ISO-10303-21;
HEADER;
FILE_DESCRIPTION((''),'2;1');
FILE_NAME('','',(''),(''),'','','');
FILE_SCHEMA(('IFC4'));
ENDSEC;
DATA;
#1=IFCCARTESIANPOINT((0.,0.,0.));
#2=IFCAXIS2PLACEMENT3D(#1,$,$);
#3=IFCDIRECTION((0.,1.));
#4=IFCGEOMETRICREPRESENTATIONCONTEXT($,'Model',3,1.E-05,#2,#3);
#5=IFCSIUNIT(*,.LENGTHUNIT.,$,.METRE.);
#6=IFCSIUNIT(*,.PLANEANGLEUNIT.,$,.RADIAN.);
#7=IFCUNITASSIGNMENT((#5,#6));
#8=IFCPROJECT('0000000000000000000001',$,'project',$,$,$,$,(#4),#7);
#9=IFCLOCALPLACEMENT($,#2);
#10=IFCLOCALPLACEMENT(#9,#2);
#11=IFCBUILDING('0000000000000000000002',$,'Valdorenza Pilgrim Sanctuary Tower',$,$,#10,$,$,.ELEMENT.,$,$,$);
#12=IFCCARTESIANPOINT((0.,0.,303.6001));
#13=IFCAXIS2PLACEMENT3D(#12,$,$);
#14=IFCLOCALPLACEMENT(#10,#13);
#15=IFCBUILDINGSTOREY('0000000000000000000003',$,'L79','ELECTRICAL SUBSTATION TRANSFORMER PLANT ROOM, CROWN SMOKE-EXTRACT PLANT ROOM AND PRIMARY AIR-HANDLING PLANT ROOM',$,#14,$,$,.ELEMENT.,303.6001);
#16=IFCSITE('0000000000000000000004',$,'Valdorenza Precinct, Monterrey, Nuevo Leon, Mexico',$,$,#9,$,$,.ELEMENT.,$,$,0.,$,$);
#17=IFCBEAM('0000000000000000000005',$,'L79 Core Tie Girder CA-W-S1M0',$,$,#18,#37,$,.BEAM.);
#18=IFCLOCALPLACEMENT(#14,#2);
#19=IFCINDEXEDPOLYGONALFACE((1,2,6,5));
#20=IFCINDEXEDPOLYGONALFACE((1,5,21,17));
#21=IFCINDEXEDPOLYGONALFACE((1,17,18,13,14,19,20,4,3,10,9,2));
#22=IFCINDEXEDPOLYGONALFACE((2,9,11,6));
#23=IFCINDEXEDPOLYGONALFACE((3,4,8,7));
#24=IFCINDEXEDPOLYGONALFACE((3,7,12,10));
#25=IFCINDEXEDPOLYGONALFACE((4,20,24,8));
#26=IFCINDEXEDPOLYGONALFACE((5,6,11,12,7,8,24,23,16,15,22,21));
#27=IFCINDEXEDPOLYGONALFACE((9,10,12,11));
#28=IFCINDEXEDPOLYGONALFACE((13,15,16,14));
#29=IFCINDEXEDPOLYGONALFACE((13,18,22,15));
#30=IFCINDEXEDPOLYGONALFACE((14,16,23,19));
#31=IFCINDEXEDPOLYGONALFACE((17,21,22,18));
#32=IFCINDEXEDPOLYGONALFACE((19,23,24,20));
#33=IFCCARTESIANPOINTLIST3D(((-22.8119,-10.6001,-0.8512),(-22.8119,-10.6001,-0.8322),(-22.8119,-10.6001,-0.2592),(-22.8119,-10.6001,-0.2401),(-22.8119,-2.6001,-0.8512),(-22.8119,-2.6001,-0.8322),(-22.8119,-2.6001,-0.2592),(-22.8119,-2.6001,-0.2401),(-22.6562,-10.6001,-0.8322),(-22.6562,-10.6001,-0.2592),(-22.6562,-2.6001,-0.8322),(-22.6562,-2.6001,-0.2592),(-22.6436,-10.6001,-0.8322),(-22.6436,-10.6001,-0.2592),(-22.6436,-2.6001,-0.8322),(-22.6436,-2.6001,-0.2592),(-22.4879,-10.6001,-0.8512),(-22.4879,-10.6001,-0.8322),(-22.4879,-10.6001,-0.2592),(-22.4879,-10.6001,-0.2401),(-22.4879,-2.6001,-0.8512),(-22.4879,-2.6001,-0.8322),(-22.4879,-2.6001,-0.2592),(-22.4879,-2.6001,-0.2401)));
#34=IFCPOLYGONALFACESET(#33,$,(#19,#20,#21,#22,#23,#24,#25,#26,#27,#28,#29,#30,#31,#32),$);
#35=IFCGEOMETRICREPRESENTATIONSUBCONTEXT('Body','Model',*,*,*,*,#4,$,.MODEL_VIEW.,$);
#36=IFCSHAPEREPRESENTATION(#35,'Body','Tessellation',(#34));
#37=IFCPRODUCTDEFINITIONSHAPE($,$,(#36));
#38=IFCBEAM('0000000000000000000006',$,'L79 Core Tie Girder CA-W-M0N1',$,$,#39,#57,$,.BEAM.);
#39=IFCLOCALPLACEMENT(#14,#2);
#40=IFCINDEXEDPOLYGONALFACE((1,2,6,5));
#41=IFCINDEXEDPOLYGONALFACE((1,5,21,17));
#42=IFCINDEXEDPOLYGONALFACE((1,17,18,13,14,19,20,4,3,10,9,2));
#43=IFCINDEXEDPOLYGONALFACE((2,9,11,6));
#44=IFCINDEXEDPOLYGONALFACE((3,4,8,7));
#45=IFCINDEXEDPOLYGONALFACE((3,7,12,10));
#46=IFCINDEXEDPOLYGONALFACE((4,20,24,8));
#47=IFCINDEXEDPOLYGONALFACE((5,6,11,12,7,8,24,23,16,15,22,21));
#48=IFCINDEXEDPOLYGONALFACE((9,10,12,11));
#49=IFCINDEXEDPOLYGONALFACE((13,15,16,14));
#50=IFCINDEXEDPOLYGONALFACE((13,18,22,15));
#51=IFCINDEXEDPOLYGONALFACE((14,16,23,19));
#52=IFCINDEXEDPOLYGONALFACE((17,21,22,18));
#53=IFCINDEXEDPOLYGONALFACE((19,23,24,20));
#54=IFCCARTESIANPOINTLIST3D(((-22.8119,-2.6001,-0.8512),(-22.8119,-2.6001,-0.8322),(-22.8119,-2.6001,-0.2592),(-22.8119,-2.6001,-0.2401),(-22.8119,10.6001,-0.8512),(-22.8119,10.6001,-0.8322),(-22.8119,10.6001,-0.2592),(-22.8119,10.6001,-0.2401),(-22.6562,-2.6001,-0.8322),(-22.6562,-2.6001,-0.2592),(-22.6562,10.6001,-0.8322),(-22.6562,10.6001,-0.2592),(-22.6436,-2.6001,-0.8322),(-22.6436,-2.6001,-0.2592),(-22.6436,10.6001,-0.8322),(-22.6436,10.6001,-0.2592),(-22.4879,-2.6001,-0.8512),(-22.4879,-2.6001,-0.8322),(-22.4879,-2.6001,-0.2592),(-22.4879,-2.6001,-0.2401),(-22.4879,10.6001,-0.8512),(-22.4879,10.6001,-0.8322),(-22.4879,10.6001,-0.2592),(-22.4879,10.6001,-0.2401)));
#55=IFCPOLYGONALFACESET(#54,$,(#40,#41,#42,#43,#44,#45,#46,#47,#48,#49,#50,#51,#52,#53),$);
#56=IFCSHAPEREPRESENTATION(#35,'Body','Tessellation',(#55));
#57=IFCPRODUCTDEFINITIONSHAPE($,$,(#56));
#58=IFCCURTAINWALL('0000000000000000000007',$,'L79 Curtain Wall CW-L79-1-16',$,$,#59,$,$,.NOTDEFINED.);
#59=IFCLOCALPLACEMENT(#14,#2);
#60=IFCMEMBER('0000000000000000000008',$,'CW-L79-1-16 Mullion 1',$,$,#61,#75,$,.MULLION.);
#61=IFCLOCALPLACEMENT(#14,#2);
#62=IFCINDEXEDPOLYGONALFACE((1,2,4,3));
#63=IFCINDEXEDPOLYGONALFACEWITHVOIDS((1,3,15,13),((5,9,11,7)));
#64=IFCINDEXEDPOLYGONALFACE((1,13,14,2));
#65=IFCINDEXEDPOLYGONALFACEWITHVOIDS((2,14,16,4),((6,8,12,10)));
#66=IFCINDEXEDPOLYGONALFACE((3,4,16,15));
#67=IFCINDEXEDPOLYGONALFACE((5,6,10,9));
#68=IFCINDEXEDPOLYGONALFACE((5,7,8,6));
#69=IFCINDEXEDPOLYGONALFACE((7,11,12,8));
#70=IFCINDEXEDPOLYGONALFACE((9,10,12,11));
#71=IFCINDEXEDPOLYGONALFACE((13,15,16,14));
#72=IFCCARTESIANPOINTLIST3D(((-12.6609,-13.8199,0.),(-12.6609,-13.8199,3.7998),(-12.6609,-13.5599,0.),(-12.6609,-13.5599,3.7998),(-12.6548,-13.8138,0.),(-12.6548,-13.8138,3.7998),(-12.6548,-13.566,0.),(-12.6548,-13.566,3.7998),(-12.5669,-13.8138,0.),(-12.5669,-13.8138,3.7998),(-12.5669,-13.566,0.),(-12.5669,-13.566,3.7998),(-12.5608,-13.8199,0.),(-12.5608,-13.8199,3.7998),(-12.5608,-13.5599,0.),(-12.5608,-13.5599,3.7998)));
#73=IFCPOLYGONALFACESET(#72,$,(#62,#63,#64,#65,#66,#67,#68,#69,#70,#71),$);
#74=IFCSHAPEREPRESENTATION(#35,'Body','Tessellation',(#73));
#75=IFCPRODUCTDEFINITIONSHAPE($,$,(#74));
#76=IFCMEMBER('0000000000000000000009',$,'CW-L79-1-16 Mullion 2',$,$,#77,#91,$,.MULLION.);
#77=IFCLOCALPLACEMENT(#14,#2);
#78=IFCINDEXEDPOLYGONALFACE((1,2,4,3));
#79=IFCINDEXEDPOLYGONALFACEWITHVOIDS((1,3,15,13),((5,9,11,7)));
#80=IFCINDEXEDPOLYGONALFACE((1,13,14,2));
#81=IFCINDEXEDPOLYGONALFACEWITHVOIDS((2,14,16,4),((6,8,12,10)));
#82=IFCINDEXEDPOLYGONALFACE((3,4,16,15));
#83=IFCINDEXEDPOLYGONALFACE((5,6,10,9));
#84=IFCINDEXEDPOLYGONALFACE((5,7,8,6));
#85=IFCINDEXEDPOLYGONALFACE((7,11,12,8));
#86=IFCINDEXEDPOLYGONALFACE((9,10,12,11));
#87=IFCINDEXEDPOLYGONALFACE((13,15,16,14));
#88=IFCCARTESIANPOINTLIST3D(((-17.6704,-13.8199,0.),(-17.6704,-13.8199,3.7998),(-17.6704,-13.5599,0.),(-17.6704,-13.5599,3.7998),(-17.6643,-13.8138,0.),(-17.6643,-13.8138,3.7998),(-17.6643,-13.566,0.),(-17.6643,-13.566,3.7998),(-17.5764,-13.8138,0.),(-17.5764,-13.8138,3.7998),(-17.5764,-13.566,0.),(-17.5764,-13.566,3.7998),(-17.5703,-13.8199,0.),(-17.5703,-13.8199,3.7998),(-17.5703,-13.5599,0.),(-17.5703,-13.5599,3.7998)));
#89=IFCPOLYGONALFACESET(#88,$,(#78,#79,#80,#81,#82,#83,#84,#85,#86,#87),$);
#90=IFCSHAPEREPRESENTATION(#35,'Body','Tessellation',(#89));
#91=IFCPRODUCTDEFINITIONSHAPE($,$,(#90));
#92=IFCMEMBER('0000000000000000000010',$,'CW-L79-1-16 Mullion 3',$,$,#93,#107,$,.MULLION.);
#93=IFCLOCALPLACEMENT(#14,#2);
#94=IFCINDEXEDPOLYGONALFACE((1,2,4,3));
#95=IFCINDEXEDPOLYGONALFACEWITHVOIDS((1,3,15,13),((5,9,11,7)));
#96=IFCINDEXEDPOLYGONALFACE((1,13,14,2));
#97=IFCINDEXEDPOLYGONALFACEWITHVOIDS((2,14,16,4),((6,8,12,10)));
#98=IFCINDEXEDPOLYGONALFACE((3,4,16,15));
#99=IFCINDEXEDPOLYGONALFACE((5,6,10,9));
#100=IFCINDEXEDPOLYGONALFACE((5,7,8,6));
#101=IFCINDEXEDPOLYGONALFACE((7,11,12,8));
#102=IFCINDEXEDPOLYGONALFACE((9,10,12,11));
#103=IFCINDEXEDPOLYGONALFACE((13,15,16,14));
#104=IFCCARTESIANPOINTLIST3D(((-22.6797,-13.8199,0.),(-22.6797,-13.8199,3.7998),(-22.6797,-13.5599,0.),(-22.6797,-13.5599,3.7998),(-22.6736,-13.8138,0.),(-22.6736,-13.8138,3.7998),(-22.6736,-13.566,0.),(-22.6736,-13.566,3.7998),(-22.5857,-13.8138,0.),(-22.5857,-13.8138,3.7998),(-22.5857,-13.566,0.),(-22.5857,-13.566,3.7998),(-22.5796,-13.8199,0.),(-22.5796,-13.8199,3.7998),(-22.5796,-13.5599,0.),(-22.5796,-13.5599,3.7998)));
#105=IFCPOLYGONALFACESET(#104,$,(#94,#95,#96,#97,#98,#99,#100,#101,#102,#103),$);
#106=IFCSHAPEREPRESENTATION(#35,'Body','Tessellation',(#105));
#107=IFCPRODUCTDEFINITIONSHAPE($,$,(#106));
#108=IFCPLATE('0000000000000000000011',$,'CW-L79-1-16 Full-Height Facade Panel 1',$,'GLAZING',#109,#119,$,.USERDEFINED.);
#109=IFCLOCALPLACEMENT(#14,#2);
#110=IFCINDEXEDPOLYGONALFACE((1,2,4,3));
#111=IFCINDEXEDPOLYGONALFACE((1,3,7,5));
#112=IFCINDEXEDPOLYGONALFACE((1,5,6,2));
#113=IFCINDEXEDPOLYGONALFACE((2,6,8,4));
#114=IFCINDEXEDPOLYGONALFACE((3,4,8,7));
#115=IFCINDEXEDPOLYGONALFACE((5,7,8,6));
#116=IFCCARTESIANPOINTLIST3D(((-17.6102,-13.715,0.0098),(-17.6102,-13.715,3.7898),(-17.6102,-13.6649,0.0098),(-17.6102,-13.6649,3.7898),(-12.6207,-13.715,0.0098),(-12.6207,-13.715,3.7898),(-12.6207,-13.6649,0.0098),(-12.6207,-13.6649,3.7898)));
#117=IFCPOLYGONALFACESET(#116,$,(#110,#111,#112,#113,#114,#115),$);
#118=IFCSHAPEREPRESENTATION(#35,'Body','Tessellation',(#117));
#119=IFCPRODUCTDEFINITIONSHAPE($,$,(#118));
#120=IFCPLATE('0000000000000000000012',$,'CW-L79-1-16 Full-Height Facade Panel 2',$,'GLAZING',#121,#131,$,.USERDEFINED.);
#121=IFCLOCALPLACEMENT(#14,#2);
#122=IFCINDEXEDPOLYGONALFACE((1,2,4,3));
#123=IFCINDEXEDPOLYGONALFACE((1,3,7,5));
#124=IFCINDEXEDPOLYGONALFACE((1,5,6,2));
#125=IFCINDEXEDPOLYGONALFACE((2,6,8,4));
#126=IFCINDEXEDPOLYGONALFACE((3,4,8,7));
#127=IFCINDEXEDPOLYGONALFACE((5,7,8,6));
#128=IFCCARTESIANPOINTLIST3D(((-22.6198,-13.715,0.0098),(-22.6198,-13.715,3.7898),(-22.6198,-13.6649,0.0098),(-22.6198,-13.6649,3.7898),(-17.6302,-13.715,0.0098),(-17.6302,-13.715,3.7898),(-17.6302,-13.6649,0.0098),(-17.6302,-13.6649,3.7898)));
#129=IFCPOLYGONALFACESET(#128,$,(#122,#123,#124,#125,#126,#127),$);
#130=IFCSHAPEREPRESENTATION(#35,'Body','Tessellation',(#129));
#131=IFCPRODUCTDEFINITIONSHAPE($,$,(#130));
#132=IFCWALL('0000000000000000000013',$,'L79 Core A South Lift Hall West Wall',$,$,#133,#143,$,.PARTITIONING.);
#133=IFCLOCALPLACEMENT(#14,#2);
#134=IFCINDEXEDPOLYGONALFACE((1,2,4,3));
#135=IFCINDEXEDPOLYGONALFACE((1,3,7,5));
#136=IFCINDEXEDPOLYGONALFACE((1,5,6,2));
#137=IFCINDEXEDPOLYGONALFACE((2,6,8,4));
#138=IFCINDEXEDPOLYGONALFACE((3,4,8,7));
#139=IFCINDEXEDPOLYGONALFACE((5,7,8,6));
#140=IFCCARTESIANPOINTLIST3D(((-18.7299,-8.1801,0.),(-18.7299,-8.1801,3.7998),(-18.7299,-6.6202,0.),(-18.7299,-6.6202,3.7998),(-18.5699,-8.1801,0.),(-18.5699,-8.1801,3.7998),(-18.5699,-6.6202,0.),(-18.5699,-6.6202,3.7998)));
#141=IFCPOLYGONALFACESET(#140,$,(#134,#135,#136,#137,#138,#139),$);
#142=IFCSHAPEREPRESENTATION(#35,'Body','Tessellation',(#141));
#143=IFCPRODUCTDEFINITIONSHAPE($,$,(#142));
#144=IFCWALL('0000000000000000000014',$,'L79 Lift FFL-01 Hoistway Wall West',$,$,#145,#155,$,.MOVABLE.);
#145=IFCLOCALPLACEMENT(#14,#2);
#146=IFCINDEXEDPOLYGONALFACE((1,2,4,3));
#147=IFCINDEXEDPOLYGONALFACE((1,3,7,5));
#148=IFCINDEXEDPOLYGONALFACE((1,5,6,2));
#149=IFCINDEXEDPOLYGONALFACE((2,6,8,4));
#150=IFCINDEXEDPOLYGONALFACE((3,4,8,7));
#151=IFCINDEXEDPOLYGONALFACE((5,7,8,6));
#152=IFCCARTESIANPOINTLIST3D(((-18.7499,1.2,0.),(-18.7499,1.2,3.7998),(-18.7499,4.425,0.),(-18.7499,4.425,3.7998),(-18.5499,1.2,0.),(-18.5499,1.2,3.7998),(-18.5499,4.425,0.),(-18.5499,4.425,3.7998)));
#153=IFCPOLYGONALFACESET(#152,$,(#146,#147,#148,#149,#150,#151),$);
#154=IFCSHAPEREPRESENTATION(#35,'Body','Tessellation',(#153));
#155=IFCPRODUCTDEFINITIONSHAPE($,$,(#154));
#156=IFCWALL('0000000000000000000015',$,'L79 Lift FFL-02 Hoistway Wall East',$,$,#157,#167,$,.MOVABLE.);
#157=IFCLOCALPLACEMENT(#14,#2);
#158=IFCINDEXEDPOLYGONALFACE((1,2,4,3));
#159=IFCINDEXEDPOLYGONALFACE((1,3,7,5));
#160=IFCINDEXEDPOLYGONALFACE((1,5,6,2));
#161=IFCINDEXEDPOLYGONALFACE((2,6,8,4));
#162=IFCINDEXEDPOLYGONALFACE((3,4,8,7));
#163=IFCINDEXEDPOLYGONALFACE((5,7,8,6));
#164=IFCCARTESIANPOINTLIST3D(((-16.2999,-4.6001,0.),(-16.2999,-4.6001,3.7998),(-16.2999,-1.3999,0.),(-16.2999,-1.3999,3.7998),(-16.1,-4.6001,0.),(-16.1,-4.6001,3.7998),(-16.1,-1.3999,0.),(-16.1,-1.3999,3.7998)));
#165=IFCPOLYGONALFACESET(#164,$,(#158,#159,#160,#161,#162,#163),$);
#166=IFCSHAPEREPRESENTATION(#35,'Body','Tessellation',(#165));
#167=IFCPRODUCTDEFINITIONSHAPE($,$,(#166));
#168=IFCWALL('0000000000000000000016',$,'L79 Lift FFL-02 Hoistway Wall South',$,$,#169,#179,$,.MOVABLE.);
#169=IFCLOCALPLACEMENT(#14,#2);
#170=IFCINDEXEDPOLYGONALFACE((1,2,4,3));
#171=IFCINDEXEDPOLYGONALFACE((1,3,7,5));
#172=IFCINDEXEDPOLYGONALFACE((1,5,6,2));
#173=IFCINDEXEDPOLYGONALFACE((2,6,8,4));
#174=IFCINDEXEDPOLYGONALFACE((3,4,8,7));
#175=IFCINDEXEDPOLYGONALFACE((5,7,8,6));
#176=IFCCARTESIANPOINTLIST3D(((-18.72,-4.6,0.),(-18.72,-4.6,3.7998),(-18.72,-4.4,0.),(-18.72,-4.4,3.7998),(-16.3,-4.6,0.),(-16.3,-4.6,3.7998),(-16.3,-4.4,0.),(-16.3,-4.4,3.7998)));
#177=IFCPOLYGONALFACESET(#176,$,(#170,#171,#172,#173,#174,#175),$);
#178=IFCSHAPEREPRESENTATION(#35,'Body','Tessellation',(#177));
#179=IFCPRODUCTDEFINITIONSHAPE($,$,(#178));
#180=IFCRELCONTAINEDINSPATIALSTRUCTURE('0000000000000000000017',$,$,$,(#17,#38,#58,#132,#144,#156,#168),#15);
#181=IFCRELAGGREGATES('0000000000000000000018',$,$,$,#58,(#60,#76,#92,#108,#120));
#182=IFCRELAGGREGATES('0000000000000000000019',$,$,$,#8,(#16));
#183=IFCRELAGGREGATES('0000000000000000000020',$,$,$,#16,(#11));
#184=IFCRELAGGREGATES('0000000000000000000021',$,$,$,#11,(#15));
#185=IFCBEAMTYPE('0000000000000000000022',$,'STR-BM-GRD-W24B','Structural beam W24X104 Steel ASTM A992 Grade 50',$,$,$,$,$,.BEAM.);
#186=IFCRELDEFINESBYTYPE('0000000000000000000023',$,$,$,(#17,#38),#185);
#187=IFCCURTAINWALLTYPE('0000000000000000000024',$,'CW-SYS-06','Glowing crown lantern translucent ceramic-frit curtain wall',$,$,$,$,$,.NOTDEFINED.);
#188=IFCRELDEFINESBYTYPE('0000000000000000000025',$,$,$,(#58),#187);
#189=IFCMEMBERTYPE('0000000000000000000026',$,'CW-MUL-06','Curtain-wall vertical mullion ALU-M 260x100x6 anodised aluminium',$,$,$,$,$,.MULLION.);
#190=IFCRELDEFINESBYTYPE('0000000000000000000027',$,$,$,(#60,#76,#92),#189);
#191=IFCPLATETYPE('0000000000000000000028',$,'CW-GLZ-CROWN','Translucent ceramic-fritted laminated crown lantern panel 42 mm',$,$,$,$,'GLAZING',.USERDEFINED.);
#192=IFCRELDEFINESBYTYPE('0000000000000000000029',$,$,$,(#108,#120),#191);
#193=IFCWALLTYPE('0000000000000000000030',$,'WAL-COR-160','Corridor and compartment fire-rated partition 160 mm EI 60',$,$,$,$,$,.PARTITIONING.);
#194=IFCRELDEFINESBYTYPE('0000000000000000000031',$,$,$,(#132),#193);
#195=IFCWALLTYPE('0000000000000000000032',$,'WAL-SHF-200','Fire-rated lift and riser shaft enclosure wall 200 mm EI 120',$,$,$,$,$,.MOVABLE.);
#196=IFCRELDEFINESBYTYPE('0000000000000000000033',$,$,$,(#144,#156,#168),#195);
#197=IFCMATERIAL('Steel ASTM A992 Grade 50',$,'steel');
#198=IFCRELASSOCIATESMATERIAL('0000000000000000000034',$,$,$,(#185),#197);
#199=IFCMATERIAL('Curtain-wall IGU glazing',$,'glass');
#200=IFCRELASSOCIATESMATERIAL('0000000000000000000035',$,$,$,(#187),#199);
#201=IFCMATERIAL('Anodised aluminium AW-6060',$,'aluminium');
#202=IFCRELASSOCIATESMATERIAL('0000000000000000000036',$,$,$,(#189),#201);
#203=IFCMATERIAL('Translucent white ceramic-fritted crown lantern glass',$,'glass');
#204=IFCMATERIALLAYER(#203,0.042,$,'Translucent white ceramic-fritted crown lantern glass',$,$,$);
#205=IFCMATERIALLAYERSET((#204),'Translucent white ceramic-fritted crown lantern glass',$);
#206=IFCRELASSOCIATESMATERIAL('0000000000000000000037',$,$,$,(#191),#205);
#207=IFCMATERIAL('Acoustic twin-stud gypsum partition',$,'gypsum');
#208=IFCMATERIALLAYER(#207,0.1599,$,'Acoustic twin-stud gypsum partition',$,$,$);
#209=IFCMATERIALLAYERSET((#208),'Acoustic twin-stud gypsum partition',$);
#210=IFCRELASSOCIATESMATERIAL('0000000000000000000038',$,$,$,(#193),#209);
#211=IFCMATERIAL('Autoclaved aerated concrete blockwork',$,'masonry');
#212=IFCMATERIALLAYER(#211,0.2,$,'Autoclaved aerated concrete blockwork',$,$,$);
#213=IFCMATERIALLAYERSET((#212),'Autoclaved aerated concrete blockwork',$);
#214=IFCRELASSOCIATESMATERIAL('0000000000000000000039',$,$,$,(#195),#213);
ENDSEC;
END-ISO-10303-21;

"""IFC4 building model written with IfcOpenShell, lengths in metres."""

from ifc_helpers import new_model, si_unit, direction, frame, frame_2d, origin, origin_2d, place, context, subcontext, project, spatial, rectangle, hollow_rectangle, i_section, extrude, source, transform, mapped, material, layer, layer_set, material_profile, profile_set, type_object, element, aggregate, save


model = new_model("IFC4")

# Units and contexts
model_context = context("Model", 3, precision=1e-05, world=origin(), true_north=direction((0.0, 1.0)))
body_context = subcontext(model_context, "Body", "Model", "MODEL_VIEW")
ifc_project = project(units=[si_unit("LENGTHUNIT", "METRE"), si_unit("PLANEANGLEUNIT", "RADIAN")], contexts=[model_context])

# Site, building, storey
site_placement = place(None, origin())
site = spatial("IfcSite", under=ifc_project, at=site_placement, Name="Valdorenza Precinct, Monterrey, Nuevo Leon, Mexico", CompositionType="ELEMENT", RefElevation=0.0)
building_placement = place(site_placement, origin())
building = spatial("IfcBuilding", under=site, at=building_placement, Name="Valdorenza Pilgrim Sanctuary Tower", CompositionType="ELEMENT")
storey_placement = place(building_placement, frame((0.0, 0.0, 303.6001)))
storey = spatial("IfcBuildingStorey", under=building, at=storey_placement, Name="L79", Description="ELECTRICAL SUBSTATION TRANSFORMER PLANT ROOM, CROWN SMOKE-EXTRACT PLANT ROOM AND PRIMARY AIR-HANDLING PLANT ROOM", CompositionType="ELEMENT", Elevation=303.6001)

# Beams
ifc_material_1 = material(Name="Steel ASTM A992 Grade 50", Category="steel")
ifc_material_profile_1 = material_profile(ifc_material_1, i_section(OverallWidth=0.324, OverallDepth=0.6111, WebThickness=0.0127, FlangeThickness=0.019, at=origin_2d()), Name="W24X104")
ifc_profile_set_1 = profile_set([ifc_material_profile_1], Name="Steel ASTM A992 Grade 50")
beam_type = type_object("IfcBeamType", Name="STR-BM-GRD-W24B", Description="Structural beam W24X104 Steel ASTM A992 Grade 50", PredefinedType="BEAM", material=ifc_profile_set_1)
shared_shape_1 = source(origin(), body_context, "Body", "SweptSolid", [
    extrude(i_section(OverallWidth=0.324, OverallDepth=0.6111, WebThickness=0.0127, FlangeThickness=0.019, at=origin_2d()), origin(), (0.0, 0.0, 1.0), 8.0),
])
beam_1_placement = place(storey_placement, frame((-22.6499, -10.6001, -0.5457), z_axis=(0.0, 1.0, 0.0), x_axis=(-1.0, 0.0, 0.0)))
element("IfcBeam", 1, at=beam_1_placement, inside=storey, type_object=beam_type, Name="L79 Core Tie Girder CA-W-S1M0", PredefinedType="BEAM", context=body_context, shape_type="MappedRepresentation", body=[
    mapped(shared_shape_1, transform((0.0, 0.0, 0.0), x_axis=(1.0, 0.0, 0.0), y_axis=(0.0, 1.0, 0.0), z_axis=(0.0, 0.0, 1.0), scale=1.0)),
])
shared_shape_2 = source(origin(), body_context, "Body", "SweptSolid", [
    extrude(i_section(OverallWidth=0.324, OverallDepth=0.6111, WebThickness=0.0127, FlangeThickness=0.019, at=origin_2d()), origin(), (0.0, 0.0, 1.0), 13.2002),
])
beam_2_placement = place(storey_placement, frame((-22.6499, -2.6001, -0.5457), z_axis=(0.0, 1.0, 0.0), x_axis=(-1.0, 0.0, 0.0)))
element("IfcBeam", 2, at=beam_2_placement, inside=storey, type_object=beam_type, Name="L79 Core Tie Girder CA-W-M0N1", PredefinedType="BEAM", context=body_context, shape_type="MappedRepresentation", body=[
    mapped(shared_shape_2, transform((0.0, 0.0, 0.0), x_axis=(1.0, 0.0, 0.0), y_axis=(0.0, 1.0, 0.0), z_axis=(0.0, 0.0, 1.0), scale=1.0)),
])

# Curtain wall, members, plates
ifc_material_2 = material(Name="Curtain-wall IGU glazing", Category="glass")
curtain_wall_type = type_object("IfcCurtainWallType", Name="CW-SYS-06", Description="Glowing crown lantern translucent ceramic-frit curtain wall", PredefinedType="NOTDEFINED", material=ifc_material_2)
curtain_wall_placement = place(storey_placement, origin())
curtain_wall = element("IfcCurtainWall", 3, at=curtain_wall_placement, inside=storey, type_object=curtain_wall_type, Name="L79 Curtain Wall CW-L79-1-16", PredefinedType="NOTDEFINED")
ifc_material_3 = material(Name="Anodised aluminium AW-6060", Category="aluminium")
ifc_material_profile_2 = material_profile(ifc_material_3, hollow_rectangle(XDim=0.1001, YDim=0.26, WallThickness=0.0061, at=origin_2d()), Name="ALU-M 260x100x6")
ifc_profile_set_2 = profile_set([ifc_material_profile_2], Name="Anodised aluminium AW-6060")
member_type = type_object("IfcMemberType", Name="CW-MUL-06", Description="Curtain-wall vertical mullion ALU-M 260x100x6 anodised aluminium", PredefinedType="MULLION", material=ifc_profile_set_2)
shared_shape_3 = source(origin(), body_context, "Body", "SweptSolid", [
    extrude(hollow_rectangle(XDim=0.1001, YDim=0.26, WallThickness=0.0061, at=origin_2d()), origin(), (0.0, 0.0, 1.0), 3.7998),
])
member_1_placement = place(storey_placement, frame((-12.6108, -13.6899, 0.0), z_axis=(0.0, 0.0, 1.0), x_axis=(-1.0, 0.0, 0.0)))
member_1 = element("IfcMember", 4, at=member_1_placement, type_object=member_type, Name="CW-L79-1-16 Mullion 1", PredefinedType="MULLION", context=body_context, shape_type="MappedRepresentation", body=[
    mapped(shared_shape_3, transform((0.0, 0.0, 0.0), x_axis=(1.0, 0.0, 0.0), y_axis=(0.0, 1.0, 0.0), z_axis=(0.0, 0.0, 1.0), scale=1.0)),
])
member_2_placement = place(storey_placement, frame((-17.6204, -13.6899, 0.0), z_axis=(0.0, 0.0, 1.0), x_axis=(-1.0, 0.0, 0.0)))
member_2 = element("IfcMember", 5, at=member_2_placement, type_object=member_type, Name="CW-L79-1-16 Mullion 2", PredefinedType="MULLION", context=body_context, shape_type="MappedRepresentation", body=[
    mapped(shared_shape_3, transform((0.0, 0.0, 0.0), x_axis=(1.0, 0.0, 0.0), y_axis=(0.0, 1.0, 0.0), z_axis=(0.0, 0.0, 1.0), scale=1.0)),
])
member_3_placement = place(storey_placement, frame((-22.6296, -13.6899, 0.0), z_axis=(0.0, 0.0, 1.0), x_axis=(-1.0, 0.0, 0.0)))
member_3 = element("IfcMember", 6, at=member_3_placement, type_object=member_type, Name="CW-L79-1-16 Mullion 3", PredefinedType="MULLION", context=body_context, shape_type="MappedRepresentation", body=[
    mapped(shared_shape_3, transform((0.0, 0.0, 0.0), x_axis=(1.0, 0.0, 0.0), y_axis=(0.0, 1.0, 0.0), z_axis=(0.0, 0.0, 1.0), scale=1.0)),
])
ifc_material_4 = material(Name="Translucent white ceramic-fritted crown lantern glass", Category="glass")
ifc_layer_1 = layer(ifc_material_4, 0.042, Name="Translucent white ceramic-fritted crown lantern glass")
ifc_layer_set_1 = layer_set([ifc_layer_1], Name="Translucent white ceramic-fritted crown lantern glass")
plate_type = type_object("IfcPlateType", Name="CW-GLZ-CROWN", Description="Translucent ceramic-fritted laminated crown lantern panel 42 mm", ElementType="GLAZING", PredefinedType="USERDEFINED", material=ifc_layer_set_1)
shared_shape_4 = source(origin(), body_context, "Body", "SweptSolid", [
    extrude(rectangle(XDim=4.9895, YDim=0.05, at=origin_2d()), origin(), (0.0, 0.0, 1.0), 3.78),
])
plate_1_placement = place(storey_placement, frame((-15.1155, -13.6899, 0.0098), z_axis=(0.0, 0.0, 1.0), x_axis=(-1.0, 0.0, 0.0)))
plate_1 = element("IfcPlate", 7, at=plate_1_placement, type_object=plate_type, Name="CW-L79-1-16 Full-Height Facade Panel 1", ObjectType="GLAZING", PredefinedType="USERDEFINED", context=body_context, shape_type="MappedRepresentation", body=[
    mapped(shared_shape_4, transform((0.0, 0.0, 0.0), x_axis=(1.0, 0.0, 0.0), y_axis=(0.0, 1.0, 0.0), z_axis=(0.0, 0.0, 1.0), scale=1.0)),
])
plate_2_placement = place(storey_placement, frame((-20.125, -13.6899, 0.0098), z_axis=(0.0, 0.0, 1.0), x_axis=(-1.0, 0.0, 0.0)))
plate_2 = element("IfcPlate", 8, at=plate_2_placement, type_object=plate_type, Name="CW-L79-1-16 Full-Height Facade Panel 2", ObjectType="GLAZING", PredefinedType="USERDEFINED", context=body_context, shape_type="MappedRepresentation", body=[
    mapped(shared_shape_4, transform((0.0, 0.0, 0.0), x_axis=(1.0, 0.0, 0.0), y_axis=(0.0, 1.0, 0.0), z_axis=(0.0, 0.0, 1.0), scale=1.0)),
])
aggregate(curtain_wall, [member_1, member_2, member_3, plate_1, plate_2])

# Wall
ifc_material_5 = material(Name="Acoustic twin-stud gypsum partition", Category="gypsum")
ifc_layer_2 = layer(ifc_material_5, 0.1599, Name="Acoustic twin-stud gypsum partition")
ifc_layer_set_2 = layer_set([ifc_layer_2], Name="Acoustic twin-stud gypsum partition")
wall_type_1 = type_object("IfcWallType", Name="WAL-COR-160", Description="Corridor and compartment fire-rated partition 160 mm EI 60", PredefinedType="PARTITIONING", material=ifc_layer_set_2)
wall_1_placement = place(storey_placement, frame((-18.6499, -8.1799, 0.0), z_axis=(0.0, 0.0, 1.0), x_axis=(0.0, 1.0, 0.0)))
element("IfcWall", 9, at=wall_1_placement, inside=storey, type_object=wall_type_1, Name="L79 Core A South Lift Hall West Wall", PredefinedType="PARTITIONING", context=body_context, shape_type="SweptSolid", body=[
    extrude(rectangle(XDim=1.5598, YDim=0.1599, at=frame_2d((0.7798, 0.0))), origin(), (0.0, 0.0, 1.0), 3.7998),
])

# Walls
ifc_material_6 = material(Name="Autoclaved aerated concrete blockwork", Category="masonry")
ifc_layer_3 = layer(ifc_material_6, 0.2, Name="Autoclaved aerated concrete blockwork")
ifc_layer_set_3 = layer_set([ifc_layer_3], Name="Autoclaved aerated concrete blockwork")
wall_type_2 = type_object("IfcWallType", Name="WAL-SHF-200", Description="Fire-rated lift and riser shaft enclosure wall 200 mm EI 120", PredefinedType="MOVABLE", material=ifc_layer_set_3)
wall_2_placement = place(storey_placement, frame((-18.6499, 1.2, 0.0), z_axis=(0.0, 0.0, 1.0), x_axis=(0.0, 1.0, 0.0)))
element("IfcWall", 10, at=wall_2_placement, inside=storey, type_object=wall_type_2, Name="L79 Lift FFL-01 Hoistway Wall West", PredefinedType="MOVABLE", context=body_context, shape_type="SweptSolid", body=[
    extrude(rectangle(XDim=3.2251, YDim=0.2, at=frame_2d((1.6125, 0.0))), origin(), (0.0, 0.0, 1.0), 3.7998),
])
wall_3_placement = place(storey_placement, frame((-16.2, -4.6001, 0.0), z_axis=(0.0, 0.0, 1.0), x_axis=(0.0, 1.0, 0.0)))
element("IfcWall", 11, at=wall_3_placement, inside=storey, type_object=wall_type_2, Name="L79 Lift FFL-02 Hoistway Wall East", PredefinedType="MOVABLE", context=body_context, shape_type="SweptSolid", body=[
    extrude(rectangle(XDim=3.2002, YDim=0.2, at=frame_2d((1.6001, 0.0))), origin(), (0.0, 0.0, 1.0), 3.7998),
])
wall_4_placement = place(storey_placement, frame((-18.72, -4.5, 0.0), z_axis=(0.0, 0.0, 1.0), x_axis=(1.0, 0.0, 0.0)))
element("IfcWall", 12, at=wall_4_placement, inside=storey, type_object=wall_type_2, Name="L79 Lift FFL-02 Hoistway Wall South", PredefinedType="MOVABLE", context=body_context, shape_type="SweptSolid", body=[
    extrude(rectangle(XDim=2.4199, YDim=0.2, at=frame_2d((1.21, 0.0))), origin(), (0.0, 0.0, 1.0), 3.7998),
])

save(model, "model.ifc")
